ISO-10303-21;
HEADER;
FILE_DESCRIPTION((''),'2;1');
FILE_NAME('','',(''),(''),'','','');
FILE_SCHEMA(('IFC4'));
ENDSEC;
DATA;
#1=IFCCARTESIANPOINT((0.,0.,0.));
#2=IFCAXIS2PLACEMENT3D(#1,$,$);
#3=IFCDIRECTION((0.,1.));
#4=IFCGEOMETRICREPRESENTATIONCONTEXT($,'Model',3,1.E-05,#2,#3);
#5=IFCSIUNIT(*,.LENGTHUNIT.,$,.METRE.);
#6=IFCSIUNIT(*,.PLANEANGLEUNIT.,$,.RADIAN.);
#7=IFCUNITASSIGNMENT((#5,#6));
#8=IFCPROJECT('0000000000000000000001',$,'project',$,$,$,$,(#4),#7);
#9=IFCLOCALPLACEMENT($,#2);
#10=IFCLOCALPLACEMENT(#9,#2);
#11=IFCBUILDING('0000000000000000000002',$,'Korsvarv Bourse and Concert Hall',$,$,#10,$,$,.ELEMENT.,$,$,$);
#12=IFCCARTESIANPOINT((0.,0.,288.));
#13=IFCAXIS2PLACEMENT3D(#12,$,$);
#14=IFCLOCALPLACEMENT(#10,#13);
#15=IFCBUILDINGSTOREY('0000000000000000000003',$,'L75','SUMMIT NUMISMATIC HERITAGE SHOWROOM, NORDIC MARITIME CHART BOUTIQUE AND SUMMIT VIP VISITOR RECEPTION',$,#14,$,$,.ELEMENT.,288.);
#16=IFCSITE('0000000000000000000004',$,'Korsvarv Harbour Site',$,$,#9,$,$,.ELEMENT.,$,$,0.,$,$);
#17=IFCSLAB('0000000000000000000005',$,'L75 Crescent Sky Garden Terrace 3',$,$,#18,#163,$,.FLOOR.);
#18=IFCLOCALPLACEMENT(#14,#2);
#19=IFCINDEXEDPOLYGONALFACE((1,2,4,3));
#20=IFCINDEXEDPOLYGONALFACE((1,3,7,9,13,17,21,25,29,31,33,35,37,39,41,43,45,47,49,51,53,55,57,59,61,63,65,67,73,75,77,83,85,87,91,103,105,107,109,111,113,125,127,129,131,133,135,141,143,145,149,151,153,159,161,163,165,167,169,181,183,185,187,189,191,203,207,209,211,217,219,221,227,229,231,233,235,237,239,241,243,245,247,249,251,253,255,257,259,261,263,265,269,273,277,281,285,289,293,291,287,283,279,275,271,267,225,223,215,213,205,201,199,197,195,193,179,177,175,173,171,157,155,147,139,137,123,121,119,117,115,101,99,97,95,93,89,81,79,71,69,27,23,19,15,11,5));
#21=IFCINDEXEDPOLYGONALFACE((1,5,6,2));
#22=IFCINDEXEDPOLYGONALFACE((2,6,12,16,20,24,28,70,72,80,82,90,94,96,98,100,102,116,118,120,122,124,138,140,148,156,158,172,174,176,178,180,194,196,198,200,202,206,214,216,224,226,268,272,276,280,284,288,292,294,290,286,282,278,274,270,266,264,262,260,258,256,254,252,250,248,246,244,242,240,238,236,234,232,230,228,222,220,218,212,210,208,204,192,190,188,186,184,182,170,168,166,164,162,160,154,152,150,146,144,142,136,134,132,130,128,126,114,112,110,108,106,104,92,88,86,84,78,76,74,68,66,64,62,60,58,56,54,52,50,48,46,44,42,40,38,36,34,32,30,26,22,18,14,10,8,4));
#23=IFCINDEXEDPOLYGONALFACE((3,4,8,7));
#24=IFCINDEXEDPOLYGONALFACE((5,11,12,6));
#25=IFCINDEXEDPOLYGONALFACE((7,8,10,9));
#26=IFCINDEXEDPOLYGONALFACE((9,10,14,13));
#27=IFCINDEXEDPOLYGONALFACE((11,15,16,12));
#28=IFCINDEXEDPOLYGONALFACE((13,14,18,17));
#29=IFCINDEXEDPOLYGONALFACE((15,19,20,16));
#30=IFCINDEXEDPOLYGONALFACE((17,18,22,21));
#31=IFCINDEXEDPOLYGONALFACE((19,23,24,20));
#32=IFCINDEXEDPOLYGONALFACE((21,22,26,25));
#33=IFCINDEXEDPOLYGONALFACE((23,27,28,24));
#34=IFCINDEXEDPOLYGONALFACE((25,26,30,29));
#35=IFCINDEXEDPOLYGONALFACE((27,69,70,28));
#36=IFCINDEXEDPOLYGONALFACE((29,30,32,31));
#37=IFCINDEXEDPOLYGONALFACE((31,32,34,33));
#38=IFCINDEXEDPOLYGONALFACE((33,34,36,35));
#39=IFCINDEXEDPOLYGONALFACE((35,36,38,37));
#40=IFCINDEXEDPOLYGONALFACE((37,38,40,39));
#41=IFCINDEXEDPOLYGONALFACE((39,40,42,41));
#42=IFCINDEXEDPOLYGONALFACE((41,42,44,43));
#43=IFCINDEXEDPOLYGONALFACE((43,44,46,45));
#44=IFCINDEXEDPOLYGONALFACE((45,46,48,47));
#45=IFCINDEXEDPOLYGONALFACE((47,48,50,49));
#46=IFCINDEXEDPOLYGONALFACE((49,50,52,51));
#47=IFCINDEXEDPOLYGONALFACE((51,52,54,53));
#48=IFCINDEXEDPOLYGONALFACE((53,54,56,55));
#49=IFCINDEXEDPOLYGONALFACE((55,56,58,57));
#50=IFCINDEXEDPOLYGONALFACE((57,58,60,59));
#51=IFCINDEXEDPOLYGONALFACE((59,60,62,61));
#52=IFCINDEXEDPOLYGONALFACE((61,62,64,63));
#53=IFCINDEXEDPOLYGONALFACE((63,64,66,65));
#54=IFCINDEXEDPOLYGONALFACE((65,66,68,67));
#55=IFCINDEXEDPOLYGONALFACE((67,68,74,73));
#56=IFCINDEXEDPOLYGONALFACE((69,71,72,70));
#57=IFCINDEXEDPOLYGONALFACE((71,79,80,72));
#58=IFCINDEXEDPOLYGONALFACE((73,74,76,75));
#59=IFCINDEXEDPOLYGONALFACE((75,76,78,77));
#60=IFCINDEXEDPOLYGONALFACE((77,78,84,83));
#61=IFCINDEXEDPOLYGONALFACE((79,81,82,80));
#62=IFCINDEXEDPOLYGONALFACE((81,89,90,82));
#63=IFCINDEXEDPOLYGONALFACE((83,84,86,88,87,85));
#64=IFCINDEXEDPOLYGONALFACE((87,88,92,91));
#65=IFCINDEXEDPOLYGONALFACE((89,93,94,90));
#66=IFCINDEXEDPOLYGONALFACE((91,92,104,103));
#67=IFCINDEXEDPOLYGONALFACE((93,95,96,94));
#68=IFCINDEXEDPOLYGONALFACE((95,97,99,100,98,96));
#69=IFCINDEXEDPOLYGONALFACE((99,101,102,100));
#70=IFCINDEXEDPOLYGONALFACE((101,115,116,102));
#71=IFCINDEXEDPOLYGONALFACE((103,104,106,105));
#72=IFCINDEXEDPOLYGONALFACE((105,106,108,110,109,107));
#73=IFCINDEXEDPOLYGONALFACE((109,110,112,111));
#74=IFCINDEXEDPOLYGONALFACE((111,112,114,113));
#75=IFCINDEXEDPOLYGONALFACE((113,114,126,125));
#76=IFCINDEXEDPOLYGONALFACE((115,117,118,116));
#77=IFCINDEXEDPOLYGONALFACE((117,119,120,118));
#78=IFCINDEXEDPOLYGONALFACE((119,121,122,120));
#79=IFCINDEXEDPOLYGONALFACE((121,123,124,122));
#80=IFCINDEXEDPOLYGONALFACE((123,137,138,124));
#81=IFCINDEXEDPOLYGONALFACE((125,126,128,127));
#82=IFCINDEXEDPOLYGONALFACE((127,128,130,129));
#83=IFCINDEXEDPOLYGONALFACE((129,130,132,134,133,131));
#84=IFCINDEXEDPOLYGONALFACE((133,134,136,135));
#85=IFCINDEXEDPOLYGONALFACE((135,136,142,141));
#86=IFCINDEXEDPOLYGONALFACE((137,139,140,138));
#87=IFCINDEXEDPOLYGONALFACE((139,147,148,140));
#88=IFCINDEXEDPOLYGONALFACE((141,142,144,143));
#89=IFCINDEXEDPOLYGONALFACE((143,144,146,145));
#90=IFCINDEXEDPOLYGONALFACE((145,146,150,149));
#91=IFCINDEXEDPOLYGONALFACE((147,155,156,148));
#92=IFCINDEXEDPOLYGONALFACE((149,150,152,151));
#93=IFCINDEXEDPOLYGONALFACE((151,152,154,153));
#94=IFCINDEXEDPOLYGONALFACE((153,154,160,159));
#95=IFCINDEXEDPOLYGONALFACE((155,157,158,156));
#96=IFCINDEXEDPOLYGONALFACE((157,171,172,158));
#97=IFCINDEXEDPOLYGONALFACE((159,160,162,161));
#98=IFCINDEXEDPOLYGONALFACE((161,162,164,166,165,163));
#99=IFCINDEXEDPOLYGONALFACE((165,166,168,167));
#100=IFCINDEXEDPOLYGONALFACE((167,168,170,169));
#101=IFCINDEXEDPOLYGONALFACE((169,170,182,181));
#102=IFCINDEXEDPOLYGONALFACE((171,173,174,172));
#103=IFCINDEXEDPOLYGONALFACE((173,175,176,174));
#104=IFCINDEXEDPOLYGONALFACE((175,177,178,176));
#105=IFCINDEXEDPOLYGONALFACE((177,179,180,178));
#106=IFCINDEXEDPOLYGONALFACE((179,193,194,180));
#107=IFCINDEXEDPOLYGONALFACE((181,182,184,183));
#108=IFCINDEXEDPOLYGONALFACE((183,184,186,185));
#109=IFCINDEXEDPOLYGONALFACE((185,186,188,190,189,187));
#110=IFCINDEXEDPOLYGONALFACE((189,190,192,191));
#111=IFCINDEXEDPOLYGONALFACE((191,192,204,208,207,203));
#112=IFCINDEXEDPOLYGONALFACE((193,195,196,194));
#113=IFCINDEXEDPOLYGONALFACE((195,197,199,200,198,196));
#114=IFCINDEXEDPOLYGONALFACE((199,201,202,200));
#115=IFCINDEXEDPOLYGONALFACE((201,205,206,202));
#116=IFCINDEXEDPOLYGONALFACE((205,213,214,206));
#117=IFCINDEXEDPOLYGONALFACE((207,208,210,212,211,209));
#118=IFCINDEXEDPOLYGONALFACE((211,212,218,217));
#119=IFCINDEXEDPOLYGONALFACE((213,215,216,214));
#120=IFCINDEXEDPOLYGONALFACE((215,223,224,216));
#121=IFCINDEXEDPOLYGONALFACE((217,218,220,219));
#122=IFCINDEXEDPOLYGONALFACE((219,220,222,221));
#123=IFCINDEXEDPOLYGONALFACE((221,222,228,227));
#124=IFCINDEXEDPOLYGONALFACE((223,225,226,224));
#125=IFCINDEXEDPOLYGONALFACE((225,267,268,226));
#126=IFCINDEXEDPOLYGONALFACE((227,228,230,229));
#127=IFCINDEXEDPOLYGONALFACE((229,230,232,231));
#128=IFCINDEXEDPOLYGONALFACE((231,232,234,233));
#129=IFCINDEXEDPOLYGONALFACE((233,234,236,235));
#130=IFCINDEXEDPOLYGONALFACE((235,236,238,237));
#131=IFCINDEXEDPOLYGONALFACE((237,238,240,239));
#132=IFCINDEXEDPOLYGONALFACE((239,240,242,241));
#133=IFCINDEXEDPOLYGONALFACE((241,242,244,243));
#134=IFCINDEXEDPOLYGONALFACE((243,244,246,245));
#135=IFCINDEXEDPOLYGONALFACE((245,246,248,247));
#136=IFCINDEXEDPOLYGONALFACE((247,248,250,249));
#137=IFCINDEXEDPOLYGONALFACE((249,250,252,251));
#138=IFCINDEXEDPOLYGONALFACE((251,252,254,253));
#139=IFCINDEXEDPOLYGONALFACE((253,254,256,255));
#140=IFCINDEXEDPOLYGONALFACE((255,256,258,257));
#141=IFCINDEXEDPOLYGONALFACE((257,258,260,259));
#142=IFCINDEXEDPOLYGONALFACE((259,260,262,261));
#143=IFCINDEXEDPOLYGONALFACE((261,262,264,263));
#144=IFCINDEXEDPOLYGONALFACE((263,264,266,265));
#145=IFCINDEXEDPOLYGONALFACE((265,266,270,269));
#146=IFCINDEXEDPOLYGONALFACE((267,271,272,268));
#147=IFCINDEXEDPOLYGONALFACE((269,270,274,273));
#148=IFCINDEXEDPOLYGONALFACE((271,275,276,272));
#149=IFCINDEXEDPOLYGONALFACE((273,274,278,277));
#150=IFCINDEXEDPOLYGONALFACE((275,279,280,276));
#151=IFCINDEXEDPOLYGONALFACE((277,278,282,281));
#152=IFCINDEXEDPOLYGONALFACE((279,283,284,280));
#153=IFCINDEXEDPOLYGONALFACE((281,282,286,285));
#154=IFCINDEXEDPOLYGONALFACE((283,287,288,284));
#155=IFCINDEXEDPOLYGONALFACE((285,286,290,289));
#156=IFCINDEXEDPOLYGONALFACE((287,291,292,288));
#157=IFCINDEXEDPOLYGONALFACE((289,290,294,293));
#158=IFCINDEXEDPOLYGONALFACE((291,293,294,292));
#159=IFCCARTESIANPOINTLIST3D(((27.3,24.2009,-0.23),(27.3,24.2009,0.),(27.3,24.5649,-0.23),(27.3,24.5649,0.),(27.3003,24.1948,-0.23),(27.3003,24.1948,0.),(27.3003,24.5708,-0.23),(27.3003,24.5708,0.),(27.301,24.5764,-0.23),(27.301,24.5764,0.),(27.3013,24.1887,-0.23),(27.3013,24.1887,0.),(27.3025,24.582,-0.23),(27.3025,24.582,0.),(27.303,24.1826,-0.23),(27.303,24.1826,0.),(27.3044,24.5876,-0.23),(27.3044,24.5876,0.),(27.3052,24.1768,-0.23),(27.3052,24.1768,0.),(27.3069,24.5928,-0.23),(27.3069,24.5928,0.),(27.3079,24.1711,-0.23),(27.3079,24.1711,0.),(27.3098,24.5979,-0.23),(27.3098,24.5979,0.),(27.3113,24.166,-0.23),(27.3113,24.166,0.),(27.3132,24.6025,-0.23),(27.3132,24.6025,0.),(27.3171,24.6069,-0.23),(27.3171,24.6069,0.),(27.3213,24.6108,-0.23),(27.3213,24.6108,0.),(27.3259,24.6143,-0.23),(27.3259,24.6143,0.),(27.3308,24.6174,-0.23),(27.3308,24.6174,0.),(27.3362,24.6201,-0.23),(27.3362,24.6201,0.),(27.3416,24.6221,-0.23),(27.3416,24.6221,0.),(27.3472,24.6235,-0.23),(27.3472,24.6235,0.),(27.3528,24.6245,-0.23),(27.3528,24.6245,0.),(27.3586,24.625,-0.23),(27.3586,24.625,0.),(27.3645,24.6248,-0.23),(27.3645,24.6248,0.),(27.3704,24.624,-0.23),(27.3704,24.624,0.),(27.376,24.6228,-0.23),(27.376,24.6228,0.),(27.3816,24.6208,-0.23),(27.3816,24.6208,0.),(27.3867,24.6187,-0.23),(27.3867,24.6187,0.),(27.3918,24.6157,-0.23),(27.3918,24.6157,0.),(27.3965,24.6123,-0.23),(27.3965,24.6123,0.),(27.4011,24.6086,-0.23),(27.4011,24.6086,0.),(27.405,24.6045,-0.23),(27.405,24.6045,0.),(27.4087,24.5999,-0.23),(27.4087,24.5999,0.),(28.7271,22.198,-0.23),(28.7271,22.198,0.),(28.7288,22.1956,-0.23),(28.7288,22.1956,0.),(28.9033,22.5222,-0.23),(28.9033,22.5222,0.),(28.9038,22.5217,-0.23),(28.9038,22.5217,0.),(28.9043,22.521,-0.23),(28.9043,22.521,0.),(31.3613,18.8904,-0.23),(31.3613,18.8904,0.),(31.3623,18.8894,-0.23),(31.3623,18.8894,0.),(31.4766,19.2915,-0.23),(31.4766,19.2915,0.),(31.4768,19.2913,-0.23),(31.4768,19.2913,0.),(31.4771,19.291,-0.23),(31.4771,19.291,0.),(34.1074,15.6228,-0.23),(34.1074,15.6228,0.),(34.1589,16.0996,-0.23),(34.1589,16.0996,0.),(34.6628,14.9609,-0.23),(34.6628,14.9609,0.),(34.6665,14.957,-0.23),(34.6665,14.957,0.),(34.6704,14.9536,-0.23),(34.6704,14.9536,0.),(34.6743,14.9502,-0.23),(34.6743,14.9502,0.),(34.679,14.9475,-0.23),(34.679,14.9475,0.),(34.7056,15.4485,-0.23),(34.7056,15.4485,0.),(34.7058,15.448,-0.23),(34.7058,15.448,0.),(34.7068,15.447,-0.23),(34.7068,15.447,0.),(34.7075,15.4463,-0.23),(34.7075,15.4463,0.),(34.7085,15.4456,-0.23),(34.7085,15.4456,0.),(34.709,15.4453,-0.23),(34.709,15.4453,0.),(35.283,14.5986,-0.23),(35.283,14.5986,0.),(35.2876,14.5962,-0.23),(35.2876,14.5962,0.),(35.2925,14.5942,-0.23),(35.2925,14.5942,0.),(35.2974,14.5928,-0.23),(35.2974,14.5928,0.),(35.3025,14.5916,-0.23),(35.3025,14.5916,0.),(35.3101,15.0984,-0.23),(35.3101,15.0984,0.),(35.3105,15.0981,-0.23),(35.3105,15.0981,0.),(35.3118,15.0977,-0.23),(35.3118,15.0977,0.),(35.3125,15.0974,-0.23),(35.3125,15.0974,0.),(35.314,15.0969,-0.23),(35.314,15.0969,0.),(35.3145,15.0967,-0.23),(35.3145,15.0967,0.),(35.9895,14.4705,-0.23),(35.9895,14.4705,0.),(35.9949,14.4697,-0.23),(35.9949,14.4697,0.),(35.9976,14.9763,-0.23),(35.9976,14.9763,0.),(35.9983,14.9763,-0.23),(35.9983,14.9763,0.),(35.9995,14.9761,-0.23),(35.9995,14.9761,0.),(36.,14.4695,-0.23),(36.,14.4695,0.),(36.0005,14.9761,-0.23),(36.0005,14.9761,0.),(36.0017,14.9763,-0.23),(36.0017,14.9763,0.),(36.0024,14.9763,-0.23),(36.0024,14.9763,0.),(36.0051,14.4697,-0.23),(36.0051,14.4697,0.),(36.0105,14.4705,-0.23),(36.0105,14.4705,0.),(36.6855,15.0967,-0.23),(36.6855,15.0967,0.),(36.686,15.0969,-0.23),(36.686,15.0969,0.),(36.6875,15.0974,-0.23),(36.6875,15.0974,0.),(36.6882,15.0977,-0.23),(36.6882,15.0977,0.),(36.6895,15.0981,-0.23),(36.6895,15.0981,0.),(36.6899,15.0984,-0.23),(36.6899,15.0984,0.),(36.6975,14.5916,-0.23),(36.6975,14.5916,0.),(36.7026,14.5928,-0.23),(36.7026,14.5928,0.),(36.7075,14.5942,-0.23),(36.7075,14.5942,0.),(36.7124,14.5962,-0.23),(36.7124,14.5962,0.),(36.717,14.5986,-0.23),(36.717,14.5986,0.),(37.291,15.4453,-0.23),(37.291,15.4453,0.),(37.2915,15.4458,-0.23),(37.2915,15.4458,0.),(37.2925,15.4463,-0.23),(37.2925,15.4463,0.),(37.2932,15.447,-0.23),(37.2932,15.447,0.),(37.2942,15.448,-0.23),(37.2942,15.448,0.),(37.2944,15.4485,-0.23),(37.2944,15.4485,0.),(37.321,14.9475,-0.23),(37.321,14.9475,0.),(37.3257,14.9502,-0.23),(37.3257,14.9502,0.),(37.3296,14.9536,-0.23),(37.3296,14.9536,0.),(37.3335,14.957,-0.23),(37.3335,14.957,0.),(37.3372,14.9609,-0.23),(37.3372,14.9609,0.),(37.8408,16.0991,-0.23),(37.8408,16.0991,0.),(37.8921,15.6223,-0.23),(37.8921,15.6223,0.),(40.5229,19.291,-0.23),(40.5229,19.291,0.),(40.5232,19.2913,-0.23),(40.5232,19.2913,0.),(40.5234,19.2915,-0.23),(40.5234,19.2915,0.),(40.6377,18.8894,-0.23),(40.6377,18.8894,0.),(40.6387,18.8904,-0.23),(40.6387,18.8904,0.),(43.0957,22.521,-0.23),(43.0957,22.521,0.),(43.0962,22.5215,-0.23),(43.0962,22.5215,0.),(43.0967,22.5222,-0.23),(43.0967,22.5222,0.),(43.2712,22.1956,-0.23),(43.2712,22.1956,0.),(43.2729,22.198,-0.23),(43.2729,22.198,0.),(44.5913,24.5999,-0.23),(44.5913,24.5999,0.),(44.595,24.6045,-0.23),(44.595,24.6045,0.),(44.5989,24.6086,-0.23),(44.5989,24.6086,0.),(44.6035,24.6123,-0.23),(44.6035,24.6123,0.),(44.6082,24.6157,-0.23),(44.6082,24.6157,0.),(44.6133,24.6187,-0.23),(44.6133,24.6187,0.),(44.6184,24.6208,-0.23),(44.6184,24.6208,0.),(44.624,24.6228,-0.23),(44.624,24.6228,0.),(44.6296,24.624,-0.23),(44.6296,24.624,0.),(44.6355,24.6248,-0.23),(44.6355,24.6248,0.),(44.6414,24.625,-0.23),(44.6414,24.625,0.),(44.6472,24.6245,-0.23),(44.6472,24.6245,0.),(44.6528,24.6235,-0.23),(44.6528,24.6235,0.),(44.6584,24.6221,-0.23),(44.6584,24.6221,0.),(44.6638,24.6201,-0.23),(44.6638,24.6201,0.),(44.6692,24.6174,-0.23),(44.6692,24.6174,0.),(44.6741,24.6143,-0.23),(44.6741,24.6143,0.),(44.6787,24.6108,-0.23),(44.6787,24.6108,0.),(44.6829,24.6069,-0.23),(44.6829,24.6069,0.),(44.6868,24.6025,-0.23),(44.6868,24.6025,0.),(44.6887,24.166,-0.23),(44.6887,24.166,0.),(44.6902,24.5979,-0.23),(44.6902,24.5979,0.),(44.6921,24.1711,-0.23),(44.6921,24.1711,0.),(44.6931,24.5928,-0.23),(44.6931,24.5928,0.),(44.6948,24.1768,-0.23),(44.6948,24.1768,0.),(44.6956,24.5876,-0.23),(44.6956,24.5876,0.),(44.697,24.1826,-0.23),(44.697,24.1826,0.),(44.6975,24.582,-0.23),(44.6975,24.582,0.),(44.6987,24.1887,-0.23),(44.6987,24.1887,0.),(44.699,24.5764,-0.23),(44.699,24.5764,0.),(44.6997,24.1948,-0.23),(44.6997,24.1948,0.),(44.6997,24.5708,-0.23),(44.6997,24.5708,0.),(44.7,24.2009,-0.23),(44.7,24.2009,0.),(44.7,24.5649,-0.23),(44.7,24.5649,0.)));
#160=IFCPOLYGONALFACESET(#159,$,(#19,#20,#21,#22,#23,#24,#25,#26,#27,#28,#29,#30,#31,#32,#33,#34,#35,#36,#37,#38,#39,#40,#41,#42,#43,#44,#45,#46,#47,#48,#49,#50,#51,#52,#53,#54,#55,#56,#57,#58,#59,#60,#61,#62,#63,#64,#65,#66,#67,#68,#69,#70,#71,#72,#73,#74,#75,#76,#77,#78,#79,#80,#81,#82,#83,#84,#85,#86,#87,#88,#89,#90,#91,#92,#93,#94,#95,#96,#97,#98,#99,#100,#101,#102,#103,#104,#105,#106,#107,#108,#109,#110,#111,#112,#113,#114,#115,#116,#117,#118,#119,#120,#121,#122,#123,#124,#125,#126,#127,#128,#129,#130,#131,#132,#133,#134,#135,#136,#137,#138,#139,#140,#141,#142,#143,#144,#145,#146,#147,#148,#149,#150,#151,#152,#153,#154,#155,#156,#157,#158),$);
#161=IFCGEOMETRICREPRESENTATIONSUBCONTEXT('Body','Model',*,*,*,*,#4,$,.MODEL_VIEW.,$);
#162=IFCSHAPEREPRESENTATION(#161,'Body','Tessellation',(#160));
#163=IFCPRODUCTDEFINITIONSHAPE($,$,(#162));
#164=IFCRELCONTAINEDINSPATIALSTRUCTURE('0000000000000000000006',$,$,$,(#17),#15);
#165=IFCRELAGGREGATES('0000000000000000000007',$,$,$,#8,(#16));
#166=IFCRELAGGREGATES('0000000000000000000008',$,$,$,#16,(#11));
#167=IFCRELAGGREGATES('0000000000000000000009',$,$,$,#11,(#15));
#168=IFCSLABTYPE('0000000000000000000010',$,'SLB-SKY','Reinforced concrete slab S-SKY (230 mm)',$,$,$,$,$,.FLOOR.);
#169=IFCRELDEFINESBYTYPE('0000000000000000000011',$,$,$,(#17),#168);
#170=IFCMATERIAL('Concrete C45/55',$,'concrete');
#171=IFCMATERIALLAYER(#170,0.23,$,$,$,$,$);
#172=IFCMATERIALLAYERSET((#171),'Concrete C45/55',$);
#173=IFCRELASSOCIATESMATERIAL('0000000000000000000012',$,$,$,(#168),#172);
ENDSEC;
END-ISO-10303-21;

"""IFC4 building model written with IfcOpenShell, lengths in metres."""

from ifc_helpers import new_model, si_unit, direction, frame, origin, place, context, subcontext, project, spatial, polyline, outline, extrude, material, layer, layer_set, type_object, element, save


model = new_model("IFC4")

# Units and contexts
model_context = context("Model", 3, precision=1e-05, world=origin(), true_north=direction((0.0, 1.0)))
body_context = subcontext(model_context, "Body", "Model", "MODEL_VIEW")
ifc_project = project(units=[si_unit("LENGTHUNIT", "METRE"), si_unit("PLANEANGLEUNIT", "RADIAN")], contexts=[model_context])

# Site, building, storey
site_placement = place(None, origin())
site = spatial("IfcSite", under=ifc_project, at=site_placement, Name="Korsvarv Harbour Site", CompositionType="ELEMENT", RefElevation=0.0)
building_placement = place(site_placement, origin())
building = spatial("IfcBuilding", under=site, at=building_placement, Name="Korsvarv Bourse and Concert Hall", CompositionType="ELEMENT")
storey_placement = place(building_placement, frame((0.0, 0.0, 288.0)))
storey = spatial("IfcBuildingStorey", under=building, at=storey_placement, Name="L75", Description="SUMMIT NUMISMATIC HERITAGE SHOWROOM, NORDIC MARITIME CHART BOUTIQUE AND SUMMIT VIP VISITOR RECEPTION", CompositionType="ELEMENT", Elevation=288.0)

# Slab
ifc_material_1 = material(Name="Concrete C45/55", Category="concrete")
ifc_layer_1 = layer(ifc_material_1, 0.23)
ifc_layer_set_1 = layer_set([ifc_layer_1], Name="Concrete C45/55")
slab_type_1 = type_object("IfcSlabType", Name="SLB-SKY", Description="Reinforced concrete slab S-SKY (230 mm)", PredefinedType="FLOOR", material=ifc_layer_set_1)
slab_1_placement = place(storey_placement, frame((0.0, 0.0, -0.23)))
element("IfcSlab", 1, at=slab_1_placement, inside=storey, type_object=slab_type_1, Name="L75 Crescent Sky Garden Terrace 3", PredefinedType="FLOOR", context=body_context, shape_type="SweptSolid", body=[
    extrude(outline(polyline([(34.7075, 15.4463), (34.7085, 15.4456), (34.709, 15.4453), (35.3101, 15.0984), (35.3105, 15.0981), (35.3118, 15.0977), (35.3125, 15.0974), (35.314, 15.0969), (35.3145, 15.0967), (35.9976, 14.9763), (35.9983, 14.9763), (35.9995, 14.9761), (36.0005, 14.9761), (36.0017, 14.9763), (36.0024, 14.9763), (36.6855, 15.0967), (36.686, 15.0969), (36.6875, 15.0974), (36.6882, 15.0977), (36.6895, 15.0981), (36.6899, 15.0984), (37.291, 15.4453), (37.2915, 15.4458), (37.2925, 15.4463), (37.2932, 15.447), (37.2942, 15.448), (37.2944, 15.4485), (37.8408, 16.0991), (40.5229, 19.291), (40.5232, 19.2913), (40.5234, 19.2915), (43.0957, 22.521), (43.0962, 22.5215), (43.0967, 22.5222), (44.5913, 24.5999), (44.595, 24.6045), (44.5989, 24.6086), (44.6035, 24.6123), (44.6082, 24.6157), (44.6133, 24.6187), (44.6184, 24.6208), (44.624, 24.6228), (44.6296, 24.624), (44.6355, 24.6248), (44.6414, 24.625), (44.6472, 24.6245), (44.6528, 24.6235), (44.6584, 24.6221), (44.6638, 24.6201), (44.6692, 24.6174), (44.6741, 24.6143), (44.6787, 24.6108), (44.6829, 24.6069), (44.6868, 24.6025), (44.6902, 24.5979), (44.6931, 24.5928), (44.6956, 24.5876), (44.6975, 24.582), (44.699, 24.5764), (44.6997, 24.5708), (44.7, 24.5649), (44.7, 24.2009), (44.6997, 24.1948), (44.6987, 24.1887), (44.697, 24.1826), (44.6948, 24.1768), (44.6921, 24.1711), (44.6887, 24.166), (43.2729, 22.198), (43.2712, 22.1956), (40.6387, 18.8904), (40.6377, 18.8894), (37.8921, 15.6223), (37.3372, 14.9609), (37.3335, 14.957), (37.3296, 14.9536), (37.3257, 14.9502), (37.321, 14.9475), (36.717, 14.5986), (36.7124, 14.5962), (36.7075, 14.5942), (36.7026, 14.5928), (36.6975, 14.5916), (36.0105, 14.4705), (36.0051, 14.4697), (36.0, 14.4695), (35.9949, 14.4697), (35.9895, 14.4705), (35.3025, 14.5916), (35.2974, 14.5928), (35.2925, 14.5942), (35.2876, 14.5962), (35.283, 14.5986), (34.679, 14.9475), (34.6743, 14.9502), (34.6704, 14.9536), (34.6665, 14.957), (34.6628, 14.9609), (34.1074, 15.6228), (31.3623, 18.8894), (31.3613, 18.8904), (28.7288, 22.1956), (28.7271, 22.198), (27.3113, 24.166), (27.3079, 24.1711), (27.3052, 24.1768), (27.303, 24.1826), (27.3013, 24.1887), (27.3003, 24.1948), (27.3, 24.2009), (27.3, 24.5649), (27.3003, 24.5708), (27.301, 24.5764), (27.3025, 24.582), (27.3044, 24.5876), (27.3069, 24.5928), (27.3098, 24.5979), (27.3132, 24.6025), (27.3171, 24.6069), (27.3213, 24.6108), (27.3259, 24.6143), (27.3308, 24.6174), (27.3362, 24.6201), (27.3416, 24.6221), (27.3472, 24.6235), (27.3528, 24.6245), (27.3586, 24.625), (27.3645, 24.6248), (27.3704, 24.624), (27.376, 24.6228), (27.3816, 24.6208), (27.3867, 24.6187), (27.3918, 24.6157), (27.3965, 24.6123), (27.4011, 24.6086), (27.405, 24.6045), (27.4087, 24.5999), (28.9033, 22.5222), (28.9038, 22.5217), (28.9043, 22.521), (31.4766, 19.2915), (31.4768, 19.2913), (31.4771, 19.291), (34.1589, 16.0996), (34.7056, 15.4485), (34.7058, 15.448), (34.7068, 15.447), (34.7075, 15.4463)])), origin(), (0.0, 0.0, 1.0), 0.23),
])

save(model, "model.ifc")
